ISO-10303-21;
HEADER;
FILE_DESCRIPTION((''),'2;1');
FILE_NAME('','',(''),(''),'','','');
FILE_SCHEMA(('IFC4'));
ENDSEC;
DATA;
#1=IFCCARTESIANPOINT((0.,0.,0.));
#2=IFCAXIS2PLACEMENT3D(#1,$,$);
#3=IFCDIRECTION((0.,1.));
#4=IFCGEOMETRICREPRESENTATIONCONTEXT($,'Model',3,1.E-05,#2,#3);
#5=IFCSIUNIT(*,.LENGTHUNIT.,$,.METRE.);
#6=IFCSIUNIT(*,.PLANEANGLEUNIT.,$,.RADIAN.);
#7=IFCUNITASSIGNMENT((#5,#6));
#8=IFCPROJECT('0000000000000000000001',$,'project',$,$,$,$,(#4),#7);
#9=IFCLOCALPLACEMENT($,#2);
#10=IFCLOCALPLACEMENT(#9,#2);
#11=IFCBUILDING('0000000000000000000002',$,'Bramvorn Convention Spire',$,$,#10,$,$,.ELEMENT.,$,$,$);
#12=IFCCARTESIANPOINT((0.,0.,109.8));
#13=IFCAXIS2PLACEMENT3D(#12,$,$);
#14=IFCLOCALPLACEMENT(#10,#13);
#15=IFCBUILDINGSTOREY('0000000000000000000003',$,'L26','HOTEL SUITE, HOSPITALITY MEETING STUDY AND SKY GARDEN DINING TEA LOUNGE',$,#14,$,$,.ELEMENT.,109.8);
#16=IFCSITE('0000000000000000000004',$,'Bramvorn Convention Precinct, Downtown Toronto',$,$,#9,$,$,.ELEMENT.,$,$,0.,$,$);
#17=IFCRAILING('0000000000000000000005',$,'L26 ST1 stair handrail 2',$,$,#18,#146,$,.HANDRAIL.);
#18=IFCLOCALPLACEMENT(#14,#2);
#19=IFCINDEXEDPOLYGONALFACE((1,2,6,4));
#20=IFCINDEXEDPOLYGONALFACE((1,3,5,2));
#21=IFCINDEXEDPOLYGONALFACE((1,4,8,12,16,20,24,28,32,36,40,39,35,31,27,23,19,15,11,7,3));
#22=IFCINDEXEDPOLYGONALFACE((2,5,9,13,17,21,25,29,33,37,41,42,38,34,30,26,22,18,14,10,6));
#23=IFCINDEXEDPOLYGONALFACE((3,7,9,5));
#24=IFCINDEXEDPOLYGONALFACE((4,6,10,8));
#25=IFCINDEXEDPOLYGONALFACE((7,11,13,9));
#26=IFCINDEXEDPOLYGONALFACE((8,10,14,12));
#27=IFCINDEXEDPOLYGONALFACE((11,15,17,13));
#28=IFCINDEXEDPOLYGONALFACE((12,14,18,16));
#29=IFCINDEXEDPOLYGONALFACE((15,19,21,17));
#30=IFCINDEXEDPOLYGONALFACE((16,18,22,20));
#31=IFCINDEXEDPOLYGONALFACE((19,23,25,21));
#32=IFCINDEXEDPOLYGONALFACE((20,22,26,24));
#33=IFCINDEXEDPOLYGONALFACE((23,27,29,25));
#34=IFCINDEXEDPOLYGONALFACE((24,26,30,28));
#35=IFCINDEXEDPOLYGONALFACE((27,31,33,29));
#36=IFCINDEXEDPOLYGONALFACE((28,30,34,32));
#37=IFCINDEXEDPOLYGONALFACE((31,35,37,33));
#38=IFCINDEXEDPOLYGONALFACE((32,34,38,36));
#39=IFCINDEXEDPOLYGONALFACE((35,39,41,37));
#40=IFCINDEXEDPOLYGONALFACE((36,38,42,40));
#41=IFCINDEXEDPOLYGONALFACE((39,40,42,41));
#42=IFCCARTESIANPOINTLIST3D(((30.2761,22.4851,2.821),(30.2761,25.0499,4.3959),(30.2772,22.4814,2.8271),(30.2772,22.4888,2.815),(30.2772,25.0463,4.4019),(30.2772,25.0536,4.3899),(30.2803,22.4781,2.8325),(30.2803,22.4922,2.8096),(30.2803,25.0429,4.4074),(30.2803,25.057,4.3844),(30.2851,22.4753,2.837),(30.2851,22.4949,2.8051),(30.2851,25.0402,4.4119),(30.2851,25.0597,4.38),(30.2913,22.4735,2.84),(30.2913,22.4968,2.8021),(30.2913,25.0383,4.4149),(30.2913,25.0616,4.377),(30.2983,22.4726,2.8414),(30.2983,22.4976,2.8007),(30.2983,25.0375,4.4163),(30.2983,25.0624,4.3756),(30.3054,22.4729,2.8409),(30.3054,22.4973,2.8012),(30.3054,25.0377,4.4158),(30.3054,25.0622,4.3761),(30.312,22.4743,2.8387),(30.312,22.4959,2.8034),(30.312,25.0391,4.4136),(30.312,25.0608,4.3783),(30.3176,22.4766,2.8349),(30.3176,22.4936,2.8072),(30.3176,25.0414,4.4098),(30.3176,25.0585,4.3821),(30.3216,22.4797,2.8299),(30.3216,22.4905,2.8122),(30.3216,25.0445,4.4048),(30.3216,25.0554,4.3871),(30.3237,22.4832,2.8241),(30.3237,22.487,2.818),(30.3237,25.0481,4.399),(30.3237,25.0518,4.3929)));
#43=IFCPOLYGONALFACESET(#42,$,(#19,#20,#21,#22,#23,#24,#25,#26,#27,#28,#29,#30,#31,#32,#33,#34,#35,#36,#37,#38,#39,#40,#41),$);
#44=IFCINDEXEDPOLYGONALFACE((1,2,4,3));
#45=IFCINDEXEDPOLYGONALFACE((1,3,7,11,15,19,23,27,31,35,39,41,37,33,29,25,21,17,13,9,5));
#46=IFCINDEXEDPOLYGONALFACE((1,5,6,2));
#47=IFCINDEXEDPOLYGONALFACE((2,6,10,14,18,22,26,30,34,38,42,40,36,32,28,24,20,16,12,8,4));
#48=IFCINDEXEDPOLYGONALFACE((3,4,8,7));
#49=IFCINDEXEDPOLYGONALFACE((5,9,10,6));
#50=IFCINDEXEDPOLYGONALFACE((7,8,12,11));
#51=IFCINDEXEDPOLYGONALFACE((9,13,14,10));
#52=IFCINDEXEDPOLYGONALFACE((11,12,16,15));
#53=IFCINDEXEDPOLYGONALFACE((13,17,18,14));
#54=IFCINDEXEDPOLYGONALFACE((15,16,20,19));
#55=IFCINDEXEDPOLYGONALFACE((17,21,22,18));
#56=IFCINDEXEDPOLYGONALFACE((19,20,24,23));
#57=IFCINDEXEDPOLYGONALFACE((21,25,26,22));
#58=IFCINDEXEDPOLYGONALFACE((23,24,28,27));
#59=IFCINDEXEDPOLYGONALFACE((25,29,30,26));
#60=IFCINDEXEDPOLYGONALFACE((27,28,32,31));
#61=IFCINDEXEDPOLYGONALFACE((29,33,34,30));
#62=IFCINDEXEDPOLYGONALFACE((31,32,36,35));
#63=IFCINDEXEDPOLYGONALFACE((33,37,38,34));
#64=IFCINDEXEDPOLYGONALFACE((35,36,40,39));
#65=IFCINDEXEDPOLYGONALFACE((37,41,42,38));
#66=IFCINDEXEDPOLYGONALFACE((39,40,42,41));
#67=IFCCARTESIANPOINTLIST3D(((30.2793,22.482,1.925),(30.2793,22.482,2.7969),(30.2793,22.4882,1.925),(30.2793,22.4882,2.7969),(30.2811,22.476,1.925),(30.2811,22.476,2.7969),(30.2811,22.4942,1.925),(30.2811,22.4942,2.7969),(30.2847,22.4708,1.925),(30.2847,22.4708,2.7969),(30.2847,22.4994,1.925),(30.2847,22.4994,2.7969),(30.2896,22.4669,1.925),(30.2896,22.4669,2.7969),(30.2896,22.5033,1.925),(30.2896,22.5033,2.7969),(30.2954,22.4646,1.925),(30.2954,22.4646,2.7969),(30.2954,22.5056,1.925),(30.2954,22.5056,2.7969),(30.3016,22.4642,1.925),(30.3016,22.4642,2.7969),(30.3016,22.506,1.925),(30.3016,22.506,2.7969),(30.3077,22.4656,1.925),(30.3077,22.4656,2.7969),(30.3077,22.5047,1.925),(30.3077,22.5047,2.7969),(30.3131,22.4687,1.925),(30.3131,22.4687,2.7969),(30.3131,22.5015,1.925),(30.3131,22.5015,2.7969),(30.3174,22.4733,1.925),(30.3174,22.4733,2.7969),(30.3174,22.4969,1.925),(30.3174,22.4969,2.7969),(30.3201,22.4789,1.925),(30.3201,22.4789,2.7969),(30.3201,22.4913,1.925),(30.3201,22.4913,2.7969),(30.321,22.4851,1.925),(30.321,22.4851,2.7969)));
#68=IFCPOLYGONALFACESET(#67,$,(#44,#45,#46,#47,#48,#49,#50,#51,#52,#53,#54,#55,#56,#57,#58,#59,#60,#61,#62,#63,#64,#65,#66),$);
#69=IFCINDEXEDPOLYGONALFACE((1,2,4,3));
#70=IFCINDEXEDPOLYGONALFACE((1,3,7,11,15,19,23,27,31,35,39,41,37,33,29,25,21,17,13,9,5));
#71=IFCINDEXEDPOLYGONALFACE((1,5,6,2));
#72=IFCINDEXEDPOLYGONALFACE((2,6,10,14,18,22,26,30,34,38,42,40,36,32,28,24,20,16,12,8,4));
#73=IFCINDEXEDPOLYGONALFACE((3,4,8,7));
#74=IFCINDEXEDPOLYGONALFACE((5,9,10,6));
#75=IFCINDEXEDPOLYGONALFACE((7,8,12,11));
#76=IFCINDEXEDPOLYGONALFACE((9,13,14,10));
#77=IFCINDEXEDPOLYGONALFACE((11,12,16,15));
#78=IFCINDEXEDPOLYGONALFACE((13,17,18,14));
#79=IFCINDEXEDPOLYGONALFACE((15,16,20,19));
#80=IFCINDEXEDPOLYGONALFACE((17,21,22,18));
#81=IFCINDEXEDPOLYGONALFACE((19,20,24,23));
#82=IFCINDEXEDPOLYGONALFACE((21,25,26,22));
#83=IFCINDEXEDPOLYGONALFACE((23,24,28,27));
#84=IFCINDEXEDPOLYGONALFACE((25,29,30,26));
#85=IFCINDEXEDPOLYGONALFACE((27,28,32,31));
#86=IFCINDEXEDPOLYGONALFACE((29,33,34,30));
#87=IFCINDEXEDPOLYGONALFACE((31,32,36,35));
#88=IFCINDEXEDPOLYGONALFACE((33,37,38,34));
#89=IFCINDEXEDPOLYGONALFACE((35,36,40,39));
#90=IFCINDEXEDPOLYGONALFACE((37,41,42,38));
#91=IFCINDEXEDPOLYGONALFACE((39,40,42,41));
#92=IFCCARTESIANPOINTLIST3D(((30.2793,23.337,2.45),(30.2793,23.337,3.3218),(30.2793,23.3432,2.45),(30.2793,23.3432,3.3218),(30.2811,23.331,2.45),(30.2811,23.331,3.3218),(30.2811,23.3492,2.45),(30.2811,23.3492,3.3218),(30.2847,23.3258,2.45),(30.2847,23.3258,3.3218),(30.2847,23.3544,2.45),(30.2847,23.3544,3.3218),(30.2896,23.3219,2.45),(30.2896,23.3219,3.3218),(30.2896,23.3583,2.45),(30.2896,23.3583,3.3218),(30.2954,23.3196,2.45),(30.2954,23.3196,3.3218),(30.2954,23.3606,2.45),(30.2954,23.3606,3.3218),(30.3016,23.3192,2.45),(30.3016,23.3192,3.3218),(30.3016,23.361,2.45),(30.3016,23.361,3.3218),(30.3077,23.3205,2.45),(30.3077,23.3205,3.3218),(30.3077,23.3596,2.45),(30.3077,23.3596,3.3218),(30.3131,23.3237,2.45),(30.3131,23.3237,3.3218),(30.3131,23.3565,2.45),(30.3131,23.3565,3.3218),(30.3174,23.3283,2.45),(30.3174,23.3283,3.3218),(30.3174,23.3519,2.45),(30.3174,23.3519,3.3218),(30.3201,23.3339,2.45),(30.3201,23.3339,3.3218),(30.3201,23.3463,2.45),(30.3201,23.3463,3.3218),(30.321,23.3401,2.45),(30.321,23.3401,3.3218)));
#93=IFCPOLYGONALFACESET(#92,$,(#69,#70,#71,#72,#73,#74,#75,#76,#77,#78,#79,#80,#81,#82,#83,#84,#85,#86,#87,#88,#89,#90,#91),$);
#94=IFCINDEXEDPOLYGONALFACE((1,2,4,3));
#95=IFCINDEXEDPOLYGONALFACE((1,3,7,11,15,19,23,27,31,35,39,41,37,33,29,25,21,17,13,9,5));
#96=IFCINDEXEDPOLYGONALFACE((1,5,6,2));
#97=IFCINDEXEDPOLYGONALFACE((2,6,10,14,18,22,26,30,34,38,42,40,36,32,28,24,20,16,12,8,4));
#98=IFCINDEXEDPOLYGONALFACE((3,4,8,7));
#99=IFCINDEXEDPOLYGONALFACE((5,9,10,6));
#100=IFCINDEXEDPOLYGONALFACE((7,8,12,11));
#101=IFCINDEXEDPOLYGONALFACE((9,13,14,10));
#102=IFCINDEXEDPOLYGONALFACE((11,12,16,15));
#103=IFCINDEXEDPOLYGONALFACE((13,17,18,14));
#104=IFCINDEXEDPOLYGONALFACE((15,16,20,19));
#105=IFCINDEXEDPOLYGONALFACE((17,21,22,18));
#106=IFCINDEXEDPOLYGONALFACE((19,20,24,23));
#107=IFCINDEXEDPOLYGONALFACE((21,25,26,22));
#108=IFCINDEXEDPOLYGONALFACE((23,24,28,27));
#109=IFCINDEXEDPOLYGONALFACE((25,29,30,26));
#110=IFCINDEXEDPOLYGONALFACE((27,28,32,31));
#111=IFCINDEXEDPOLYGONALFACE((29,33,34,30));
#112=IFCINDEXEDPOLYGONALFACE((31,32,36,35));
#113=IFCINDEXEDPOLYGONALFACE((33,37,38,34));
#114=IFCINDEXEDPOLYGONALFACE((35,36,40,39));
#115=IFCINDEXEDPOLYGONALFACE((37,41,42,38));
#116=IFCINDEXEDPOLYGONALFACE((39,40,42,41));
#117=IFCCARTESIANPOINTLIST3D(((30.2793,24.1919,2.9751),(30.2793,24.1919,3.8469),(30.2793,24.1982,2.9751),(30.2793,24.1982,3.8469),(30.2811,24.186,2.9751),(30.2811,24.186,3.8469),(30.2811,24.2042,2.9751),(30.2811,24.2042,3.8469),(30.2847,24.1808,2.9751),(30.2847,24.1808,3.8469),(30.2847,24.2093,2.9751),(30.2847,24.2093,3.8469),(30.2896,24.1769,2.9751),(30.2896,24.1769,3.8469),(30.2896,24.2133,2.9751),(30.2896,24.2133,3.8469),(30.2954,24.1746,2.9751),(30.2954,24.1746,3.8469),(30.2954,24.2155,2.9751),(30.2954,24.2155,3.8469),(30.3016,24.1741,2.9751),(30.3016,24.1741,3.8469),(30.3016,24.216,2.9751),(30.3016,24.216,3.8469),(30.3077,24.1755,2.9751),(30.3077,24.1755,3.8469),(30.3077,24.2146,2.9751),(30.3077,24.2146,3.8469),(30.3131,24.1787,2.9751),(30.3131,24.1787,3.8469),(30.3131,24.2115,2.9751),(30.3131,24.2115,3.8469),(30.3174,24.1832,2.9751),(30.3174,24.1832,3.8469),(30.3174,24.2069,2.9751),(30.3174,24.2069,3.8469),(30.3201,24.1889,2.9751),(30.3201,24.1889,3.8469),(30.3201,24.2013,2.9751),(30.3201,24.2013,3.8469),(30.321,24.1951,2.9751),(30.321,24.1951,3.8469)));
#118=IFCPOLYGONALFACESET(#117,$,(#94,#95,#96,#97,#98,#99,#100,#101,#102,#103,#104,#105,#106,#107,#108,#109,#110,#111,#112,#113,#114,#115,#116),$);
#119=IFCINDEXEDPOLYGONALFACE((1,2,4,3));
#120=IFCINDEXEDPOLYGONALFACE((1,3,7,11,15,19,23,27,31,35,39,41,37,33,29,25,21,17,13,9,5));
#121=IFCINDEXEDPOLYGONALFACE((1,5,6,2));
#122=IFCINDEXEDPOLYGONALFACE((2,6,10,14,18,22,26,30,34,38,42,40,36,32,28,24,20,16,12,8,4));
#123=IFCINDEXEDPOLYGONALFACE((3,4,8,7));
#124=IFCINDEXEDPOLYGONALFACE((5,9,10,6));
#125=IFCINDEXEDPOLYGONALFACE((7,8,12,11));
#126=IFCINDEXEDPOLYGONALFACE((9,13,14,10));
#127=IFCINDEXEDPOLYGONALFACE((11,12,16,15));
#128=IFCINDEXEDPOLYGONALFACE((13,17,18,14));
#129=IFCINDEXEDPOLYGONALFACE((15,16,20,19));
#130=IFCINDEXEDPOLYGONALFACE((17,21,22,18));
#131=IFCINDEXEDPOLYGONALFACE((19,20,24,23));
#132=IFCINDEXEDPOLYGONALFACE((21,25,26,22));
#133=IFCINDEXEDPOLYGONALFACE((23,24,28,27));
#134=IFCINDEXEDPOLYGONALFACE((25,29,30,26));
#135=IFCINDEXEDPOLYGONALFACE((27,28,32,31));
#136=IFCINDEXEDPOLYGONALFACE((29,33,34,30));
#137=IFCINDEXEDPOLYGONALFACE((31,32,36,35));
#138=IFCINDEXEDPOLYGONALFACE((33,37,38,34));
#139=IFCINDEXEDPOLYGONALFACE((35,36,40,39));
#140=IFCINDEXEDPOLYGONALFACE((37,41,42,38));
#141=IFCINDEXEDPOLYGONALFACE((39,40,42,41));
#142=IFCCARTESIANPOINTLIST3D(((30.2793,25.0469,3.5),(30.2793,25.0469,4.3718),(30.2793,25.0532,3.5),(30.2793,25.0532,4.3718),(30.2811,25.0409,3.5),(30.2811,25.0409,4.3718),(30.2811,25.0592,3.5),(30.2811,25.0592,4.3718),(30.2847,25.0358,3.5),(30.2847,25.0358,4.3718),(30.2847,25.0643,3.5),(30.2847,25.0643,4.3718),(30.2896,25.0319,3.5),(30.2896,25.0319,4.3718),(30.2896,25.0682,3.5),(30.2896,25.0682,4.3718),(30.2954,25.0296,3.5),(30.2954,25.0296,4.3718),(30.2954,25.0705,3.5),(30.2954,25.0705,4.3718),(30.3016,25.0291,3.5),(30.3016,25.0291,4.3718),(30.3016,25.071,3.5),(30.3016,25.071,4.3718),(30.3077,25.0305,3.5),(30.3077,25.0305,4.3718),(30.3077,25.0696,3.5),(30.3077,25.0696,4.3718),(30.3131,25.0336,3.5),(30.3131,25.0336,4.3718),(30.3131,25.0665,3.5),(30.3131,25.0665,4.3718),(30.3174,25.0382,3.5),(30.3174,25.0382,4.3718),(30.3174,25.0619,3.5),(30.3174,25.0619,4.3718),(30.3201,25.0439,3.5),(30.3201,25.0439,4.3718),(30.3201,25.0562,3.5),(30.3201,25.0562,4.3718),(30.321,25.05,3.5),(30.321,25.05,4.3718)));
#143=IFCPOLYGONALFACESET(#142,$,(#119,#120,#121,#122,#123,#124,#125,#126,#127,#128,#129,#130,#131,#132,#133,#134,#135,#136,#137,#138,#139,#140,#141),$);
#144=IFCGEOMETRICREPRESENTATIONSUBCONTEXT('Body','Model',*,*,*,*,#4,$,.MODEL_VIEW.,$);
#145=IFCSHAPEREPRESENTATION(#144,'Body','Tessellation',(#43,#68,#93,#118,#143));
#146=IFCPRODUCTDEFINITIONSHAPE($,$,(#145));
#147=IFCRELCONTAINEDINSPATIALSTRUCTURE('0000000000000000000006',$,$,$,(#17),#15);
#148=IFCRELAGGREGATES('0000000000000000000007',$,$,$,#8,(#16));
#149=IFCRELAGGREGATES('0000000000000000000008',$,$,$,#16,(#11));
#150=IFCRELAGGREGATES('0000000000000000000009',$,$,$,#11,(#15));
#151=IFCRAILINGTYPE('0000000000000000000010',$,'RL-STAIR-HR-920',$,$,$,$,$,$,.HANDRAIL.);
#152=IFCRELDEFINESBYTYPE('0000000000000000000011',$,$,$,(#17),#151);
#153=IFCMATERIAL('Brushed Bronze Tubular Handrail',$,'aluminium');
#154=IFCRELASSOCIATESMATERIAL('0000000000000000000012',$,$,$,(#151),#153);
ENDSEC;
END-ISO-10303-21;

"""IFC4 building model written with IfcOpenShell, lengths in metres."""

from ifc_helpers import new_model, si_unit, direction, frame, origin, origin_2d, place, context, subcontext, project, spatial, circle, extrude, material, type_object, element, save


model = new_model("IFC4")

# Units and contexts
model_context = context("Model", 3, precision=1e-05, world=origin(), true_north=direction((0.0, 1.0)))
body_context = subcontext(model_context, "Body", "Model", "MODEL_VIEW")
ifc_project = project(units=[si_unit("LENGTHUNIT", "METRE"), si_unit("PLANEANGLEUNIT", "RADIAN")], contexts=[model_context])

# Site, building, storey
site_placement = place(None, origin())
site = spatial("IfcSite", under=ifc_project, at=site_placement, Name="Bramvorn Convention Precinct, Downtown Toronto", CompositionType="ELEMENT", RefElevation=0.0)
building_placement = place(site_placement, origin())
building = spatial("IfcBuilding", under=site, at=building_placement, Name="Bramvorn Convention Spire", CompositionType="ELEMENT")
storey_placement = place(building_placement, frame((0.0, 0.0, 109.8)))
storey = spatial("IfcBuildingStorey", under=building, at=storey_placement, Name="L26", Description="HOTEL SUITE, HOSPITALITY MEETING STUDY AND SKY GARDEN DINING TEA LOUNGE", CompositionType="ELEMENT", Elevation=109.8)

# Railing
ifc_material_1 = material(Name="Brushed Bronze Tubular Handrail", Category="aluminium")
railing_type_1 = type_object("IfcRailingType", Name="RL-STAIR-HR-920", PredefinedType="HANDRAIL", material=ifc_material_1)
railing_1_placement = place(storey_placement, frame((30.3, 22.4851, 1.925)))
element("IfcRailing", 1, at=railing_1_placement, inside=storey, type_object=railing_type_1, Name="L26 ST1 stair handrail 2", PredefinedType="HANDRAIL", context=body_context, shape_type="SweptSolid", body=[
    extrude(circle(Radius=0.0239, at=origin_2d()), frame((0.0, 0.0, 0.896), z_axis=(0.0, 0.852173, 0.52326), x_axis=(-1.0, 0.0, 0.0)), (0.0, 0.0, 1.0), 3.0098),
    extrude(circle(Radius=0.021, at=origin_2d()), origin(), (0.0, 0.0, 1.0), 0.8718),
    extrude(circle(Radius=0.021, at=origin_2d()), frame((0.0, 0.855, 0.5249)), (0.0, 0.0, 1.0), 0.8718),
    extrude(circle(Radius=0.021, at=origin_2d()), frame((0.0, 1.71, 1.05)), (0.0, 0.0, 1.0), 0.8718),
    extrude(circle(Radius=0.021, at=origin_2d()), frame((0.0, 2.5649, 1.575)), (0.0, 0.0, 1.0), 0.8718),
])

save(model, "model.ifc")
